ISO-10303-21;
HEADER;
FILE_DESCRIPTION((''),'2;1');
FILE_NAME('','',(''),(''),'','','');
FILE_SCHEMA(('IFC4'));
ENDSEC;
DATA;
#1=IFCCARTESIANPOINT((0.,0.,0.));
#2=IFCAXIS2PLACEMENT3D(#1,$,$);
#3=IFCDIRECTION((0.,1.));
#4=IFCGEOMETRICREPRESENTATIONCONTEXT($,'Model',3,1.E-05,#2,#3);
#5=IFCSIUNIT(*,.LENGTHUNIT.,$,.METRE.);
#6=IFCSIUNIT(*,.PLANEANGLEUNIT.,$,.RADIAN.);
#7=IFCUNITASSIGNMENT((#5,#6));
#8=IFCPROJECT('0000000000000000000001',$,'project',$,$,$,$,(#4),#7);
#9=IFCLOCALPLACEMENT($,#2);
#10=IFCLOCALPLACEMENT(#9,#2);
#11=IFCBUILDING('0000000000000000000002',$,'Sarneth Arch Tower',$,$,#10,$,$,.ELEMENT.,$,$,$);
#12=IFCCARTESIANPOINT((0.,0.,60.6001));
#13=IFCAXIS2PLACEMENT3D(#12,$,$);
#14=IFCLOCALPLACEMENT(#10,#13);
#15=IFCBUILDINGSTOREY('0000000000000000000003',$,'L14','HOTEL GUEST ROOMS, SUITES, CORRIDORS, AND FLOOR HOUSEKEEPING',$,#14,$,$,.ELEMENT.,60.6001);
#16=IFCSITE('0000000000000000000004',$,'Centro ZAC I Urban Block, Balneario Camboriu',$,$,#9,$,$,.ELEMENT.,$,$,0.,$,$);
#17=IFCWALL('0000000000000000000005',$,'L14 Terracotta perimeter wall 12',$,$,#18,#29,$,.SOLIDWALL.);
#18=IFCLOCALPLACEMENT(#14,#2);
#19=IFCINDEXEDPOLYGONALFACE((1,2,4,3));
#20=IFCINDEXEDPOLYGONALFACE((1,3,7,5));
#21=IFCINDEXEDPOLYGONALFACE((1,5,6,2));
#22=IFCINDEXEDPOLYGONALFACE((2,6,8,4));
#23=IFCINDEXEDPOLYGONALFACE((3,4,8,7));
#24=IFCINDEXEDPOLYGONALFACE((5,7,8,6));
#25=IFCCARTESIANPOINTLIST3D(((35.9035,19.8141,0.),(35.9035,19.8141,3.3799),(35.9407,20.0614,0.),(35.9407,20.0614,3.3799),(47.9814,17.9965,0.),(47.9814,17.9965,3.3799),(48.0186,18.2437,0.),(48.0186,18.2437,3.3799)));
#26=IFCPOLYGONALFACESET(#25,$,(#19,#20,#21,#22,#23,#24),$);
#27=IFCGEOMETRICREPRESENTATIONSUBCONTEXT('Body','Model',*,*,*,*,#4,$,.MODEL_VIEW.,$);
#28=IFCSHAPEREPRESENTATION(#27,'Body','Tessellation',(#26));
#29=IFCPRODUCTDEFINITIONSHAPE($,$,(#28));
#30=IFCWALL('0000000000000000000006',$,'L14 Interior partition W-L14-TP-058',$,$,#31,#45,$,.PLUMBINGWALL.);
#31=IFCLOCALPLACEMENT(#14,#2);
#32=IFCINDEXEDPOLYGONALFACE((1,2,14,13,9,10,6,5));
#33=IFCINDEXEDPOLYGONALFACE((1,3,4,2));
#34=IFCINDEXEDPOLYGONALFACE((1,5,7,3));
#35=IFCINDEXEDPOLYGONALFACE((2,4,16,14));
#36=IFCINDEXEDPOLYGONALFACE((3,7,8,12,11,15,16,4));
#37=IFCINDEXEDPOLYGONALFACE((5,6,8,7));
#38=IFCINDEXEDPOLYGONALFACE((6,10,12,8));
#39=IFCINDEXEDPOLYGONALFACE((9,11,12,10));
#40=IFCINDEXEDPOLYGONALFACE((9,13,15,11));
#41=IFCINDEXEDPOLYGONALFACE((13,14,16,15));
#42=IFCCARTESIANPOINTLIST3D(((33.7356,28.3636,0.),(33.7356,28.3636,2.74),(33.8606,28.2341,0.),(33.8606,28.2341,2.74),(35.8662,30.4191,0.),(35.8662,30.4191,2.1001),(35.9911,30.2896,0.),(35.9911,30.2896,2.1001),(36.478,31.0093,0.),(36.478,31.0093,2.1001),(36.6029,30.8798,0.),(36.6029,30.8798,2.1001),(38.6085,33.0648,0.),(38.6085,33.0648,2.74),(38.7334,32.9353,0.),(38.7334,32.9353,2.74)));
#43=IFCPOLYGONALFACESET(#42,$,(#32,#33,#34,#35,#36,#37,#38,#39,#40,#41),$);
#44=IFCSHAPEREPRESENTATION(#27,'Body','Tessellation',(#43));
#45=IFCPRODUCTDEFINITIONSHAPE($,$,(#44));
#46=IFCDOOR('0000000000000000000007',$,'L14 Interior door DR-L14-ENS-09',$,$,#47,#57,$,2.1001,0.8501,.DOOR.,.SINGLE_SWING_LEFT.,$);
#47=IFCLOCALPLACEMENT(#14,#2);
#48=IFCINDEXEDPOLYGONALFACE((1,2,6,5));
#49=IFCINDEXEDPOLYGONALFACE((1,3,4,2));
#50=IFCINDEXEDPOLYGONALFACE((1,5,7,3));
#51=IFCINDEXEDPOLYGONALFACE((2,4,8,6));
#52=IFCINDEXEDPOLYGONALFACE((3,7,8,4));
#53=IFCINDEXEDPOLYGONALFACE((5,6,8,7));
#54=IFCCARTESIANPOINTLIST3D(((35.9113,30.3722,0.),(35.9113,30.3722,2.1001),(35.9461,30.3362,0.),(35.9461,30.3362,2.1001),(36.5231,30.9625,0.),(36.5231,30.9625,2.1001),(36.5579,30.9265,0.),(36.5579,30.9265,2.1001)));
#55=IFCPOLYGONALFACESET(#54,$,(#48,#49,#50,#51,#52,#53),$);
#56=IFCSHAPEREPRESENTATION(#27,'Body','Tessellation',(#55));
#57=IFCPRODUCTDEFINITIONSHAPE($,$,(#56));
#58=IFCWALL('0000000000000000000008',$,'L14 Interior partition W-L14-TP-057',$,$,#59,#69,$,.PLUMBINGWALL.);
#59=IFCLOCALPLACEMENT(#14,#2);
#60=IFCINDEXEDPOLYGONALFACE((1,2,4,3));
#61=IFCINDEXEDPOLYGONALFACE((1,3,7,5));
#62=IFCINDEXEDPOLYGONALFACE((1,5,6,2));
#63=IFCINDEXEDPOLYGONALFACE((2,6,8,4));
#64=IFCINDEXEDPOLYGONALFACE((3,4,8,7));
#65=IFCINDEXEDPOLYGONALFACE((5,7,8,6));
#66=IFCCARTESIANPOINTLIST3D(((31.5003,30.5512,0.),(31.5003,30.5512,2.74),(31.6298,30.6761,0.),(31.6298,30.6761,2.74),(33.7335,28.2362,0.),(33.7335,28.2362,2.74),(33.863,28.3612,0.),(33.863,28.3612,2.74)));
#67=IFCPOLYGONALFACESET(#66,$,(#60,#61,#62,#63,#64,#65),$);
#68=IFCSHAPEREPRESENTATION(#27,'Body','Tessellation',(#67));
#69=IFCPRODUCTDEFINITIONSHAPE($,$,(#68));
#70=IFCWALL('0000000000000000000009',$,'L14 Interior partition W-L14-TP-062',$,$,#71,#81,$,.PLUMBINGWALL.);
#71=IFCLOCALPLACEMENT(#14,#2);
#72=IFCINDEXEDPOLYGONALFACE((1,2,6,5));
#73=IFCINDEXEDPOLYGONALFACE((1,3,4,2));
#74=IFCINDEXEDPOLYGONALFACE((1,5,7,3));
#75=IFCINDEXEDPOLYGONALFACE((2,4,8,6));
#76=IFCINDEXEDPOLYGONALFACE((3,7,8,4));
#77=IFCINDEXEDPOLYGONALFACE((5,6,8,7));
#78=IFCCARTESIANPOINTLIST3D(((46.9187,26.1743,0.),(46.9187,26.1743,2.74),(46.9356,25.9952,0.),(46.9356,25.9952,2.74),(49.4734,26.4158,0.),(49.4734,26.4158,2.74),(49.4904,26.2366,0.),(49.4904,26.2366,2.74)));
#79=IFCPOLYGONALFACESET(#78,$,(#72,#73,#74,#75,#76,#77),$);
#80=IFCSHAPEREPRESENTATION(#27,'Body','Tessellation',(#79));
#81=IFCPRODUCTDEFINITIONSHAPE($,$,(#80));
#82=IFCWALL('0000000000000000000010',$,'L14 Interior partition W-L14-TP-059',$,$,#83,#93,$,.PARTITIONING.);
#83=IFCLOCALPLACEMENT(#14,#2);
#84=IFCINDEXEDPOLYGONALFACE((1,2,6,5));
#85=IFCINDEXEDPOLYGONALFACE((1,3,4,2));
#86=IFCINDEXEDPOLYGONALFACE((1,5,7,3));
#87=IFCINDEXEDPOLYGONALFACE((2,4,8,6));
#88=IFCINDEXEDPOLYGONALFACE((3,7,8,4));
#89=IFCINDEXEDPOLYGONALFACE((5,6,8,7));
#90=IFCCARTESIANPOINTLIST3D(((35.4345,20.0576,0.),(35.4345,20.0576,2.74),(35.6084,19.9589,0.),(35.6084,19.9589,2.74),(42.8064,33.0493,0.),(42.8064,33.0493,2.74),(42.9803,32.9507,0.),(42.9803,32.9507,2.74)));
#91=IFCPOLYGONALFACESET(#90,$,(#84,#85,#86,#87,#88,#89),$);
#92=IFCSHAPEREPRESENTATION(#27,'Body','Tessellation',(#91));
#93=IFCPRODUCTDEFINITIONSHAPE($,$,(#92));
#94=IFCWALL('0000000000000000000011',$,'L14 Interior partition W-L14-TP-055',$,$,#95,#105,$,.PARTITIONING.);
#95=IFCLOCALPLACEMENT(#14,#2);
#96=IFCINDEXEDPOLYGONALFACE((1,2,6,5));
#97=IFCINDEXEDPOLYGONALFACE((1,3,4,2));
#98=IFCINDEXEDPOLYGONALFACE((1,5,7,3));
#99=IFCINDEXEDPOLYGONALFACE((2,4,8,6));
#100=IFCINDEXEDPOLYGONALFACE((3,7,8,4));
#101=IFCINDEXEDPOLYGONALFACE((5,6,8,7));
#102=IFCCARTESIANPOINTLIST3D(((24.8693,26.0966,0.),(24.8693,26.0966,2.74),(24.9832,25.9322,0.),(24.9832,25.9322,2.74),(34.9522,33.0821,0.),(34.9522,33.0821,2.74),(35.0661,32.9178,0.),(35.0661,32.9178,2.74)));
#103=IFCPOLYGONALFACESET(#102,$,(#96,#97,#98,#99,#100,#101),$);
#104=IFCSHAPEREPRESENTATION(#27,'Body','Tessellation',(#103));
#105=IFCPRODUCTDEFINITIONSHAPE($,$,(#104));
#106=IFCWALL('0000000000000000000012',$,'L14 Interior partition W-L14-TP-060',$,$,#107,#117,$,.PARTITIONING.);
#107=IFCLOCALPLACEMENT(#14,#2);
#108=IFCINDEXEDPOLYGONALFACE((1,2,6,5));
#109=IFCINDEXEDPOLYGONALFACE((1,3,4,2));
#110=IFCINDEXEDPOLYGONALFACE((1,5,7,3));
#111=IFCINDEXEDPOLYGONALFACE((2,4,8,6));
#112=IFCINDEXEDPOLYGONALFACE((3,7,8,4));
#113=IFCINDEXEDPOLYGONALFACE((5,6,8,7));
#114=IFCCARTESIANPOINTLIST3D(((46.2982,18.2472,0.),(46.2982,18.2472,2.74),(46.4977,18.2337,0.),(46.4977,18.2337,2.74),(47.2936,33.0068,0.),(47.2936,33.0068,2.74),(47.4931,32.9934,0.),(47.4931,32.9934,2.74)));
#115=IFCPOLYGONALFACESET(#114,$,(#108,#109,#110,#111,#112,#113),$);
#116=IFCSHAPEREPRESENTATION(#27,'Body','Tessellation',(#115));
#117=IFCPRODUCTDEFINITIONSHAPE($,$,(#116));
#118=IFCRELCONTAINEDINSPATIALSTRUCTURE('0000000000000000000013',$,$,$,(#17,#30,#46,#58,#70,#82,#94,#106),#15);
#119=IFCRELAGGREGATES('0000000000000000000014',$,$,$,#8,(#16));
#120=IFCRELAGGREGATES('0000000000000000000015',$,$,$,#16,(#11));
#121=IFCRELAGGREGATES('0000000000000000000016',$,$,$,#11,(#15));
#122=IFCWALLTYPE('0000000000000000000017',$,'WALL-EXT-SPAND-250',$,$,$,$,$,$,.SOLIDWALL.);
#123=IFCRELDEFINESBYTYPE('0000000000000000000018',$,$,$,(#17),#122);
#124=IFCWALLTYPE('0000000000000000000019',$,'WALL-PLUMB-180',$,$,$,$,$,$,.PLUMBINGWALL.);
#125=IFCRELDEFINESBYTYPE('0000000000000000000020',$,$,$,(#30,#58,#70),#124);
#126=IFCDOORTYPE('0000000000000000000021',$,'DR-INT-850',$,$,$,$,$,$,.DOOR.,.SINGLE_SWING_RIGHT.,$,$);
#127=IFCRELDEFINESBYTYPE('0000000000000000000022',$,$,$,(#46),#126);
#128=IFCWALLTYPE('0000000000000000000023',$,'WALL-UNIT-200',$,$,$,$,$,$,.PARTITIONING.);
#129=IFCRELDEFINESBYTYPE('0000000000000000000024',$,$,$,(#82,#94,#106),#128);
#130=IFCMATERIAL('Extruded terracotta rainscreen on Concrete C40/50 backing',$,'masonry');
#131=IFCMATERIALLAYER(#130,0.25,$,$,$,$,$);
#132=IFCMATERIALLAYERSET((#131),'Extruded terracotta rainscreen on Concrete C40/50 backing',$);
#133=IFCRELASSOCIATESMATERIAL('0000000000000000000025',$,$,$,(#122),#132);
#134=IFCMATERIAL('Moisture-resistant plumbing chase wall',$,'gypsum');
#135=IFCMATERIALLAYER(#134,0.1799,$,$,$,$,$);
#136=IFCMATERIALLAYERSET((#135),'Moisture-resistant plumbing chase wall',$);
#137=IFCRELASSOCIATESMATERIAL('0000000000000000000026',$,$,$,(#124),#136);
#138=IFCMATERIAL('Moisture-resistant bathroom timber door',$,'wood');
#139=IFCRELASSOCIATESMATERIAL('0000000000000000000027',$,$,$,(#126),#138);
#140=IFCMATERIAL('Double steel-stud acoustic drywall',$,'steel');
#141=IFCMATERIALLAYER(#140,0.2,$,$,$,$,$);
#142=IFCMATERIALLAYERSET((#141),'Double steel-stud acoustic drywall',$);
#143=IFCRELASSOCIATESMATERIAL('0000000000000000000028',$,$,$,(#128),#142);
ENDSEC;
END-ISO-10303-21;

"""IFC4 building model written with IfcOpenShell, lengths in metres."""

from ifc_helpers import new_model, si_unit, direction, frame, frame_2d, origin, place, context, subcontext, project, spatial, rectangle, extrude, material, layer, layer_set, type_object, element, fill, save


model = new_model("IFC4")

# Units and contexts
model_context = context("Model", 3, precision=1e-05, world=origin(), true_north=direction((0.0, 1.0)))
body_context = subcontext(model_context, "Body", "Model", "MODEL_VIEW")
ifc_project = project(units=[si_unit("LENGTHUNIT", "METRE"), si_unit("PLANEANGLEUNIT", "RADIAN")], contexts=[model_context])

# Site, building, storey
site_placement = place(None, origin())
site = spatial("IfcSite", under=ifc_project, at=site_placement, Name="Centro ZAC I Urban Block, Balneario Camboriu", CompositionType="ELEMENT", RefElevation=0.0)
building_placement = place(site_placement, origin())
building = spatial("IfcBuilding", under=site, at=building_placement, Name="Sarneth Arch Tower", CompositionType="ELEMENT")
storey_placement = place(building_placement, frame((0.0, 0.0, 60.6001)))
storey = spatial("IfcBuildingStorey", under=building, at=storey_placement, Name="L14", Description="HOTEL GUEST ROOMS, SUITES, CORRIDORS, AND FLOOR HOUSEKEEPING", CompositionType="ELEMENT", Elevation=60.6001)

# Wall
ifc_material_1 = material(Name="Extruded terracotta rainscreen on Concrete C40/50 backing", Category="masonry")
ifc_layer_1 = layer(ifc_material_1, 0.25)
ifc_layer_set_1 = layer_set([ifc_layer_1], Name="Extruded terracotta rainscreen on Concrete C40/50 backing")
wall_type_1 = type_object("IfcWallType", Name="WALL-EXT-SPAND-250", PredefinedType="SOLIDWALL", material=ifc_layer_set_1)
wall_1_placement = place(storey_placement, frame((35.9221, 19.9377, 0.0), z_axis=(0.0, 0.0, 1.0), x_axis=(0.988865, -0.148816, 0.0)))
element("IfcWall", 1, at=wall_1_placement, inside=storey, type_object=wall_type_1, Name="L14 Terracotta perimeter wall 12", PredefinedType="SOLIDWALL", context=body_context, shape_type="SweptSolid", body=[
    extrude(rectangle(XDim=12.2139, YDim=0.25, at=frame_2d((6.1069, 0.0))), origin(), (0.0, 0.0, 1.0), 3.3799),
])

# Wall, opening, door
ifc_material_2 = material(Name="Moisture-resistant plumbing chase wall", Category="gypsum")
ifc_layer_2 = layer(ifc_material_2, 0.1799)
ifc_layer_set_2 = layer_set([ifc_layer_2], Name="Moisture-resistant plumbing chase wall")
wall_type_2 = type_object("IfcWallType", Name="WALL-PLUMB-180", PredefinedType="PLUMBINGWALL", material=ifc_layer_set_2)
wall_2_placement = place(storey_placement, frame((33.7981, 28.2988, 0.0), z_axis=(0.0, 0.0, 1.0), x_axis=(0.719667, 0.694319, 0.0)))
wall_2 = element("IfcWall", 2, at=wall_2_placement, inside=storey, type_object=wall_type_2, Name="L14 Interior partition W-L14-TP-058", PredefinedType="PLUMBINGWALL", context=body_context, shape_type="SweptSolid", body=[
    extrude(rectangle(XDim=6.771, YDim=0.1799, at=frame_2d((3.3855, 0.0))), origin(), (0.0, 0.0, 1.0), 2.74),
])
opening_1_placement = place(wall_2_placement, frame((2.9604, 0.0, 0.0)))
opening_1 = element("IfcOpeningElement", 3, at=opening_1_placement, cuts=wall_2, PredefinedType="OPENING", context=body_context, shape_type="SweptSolid", body=[
    extrude(rectangle(XDim=0.8501, YDim=2.1001, at=frame_2d((0.425, 1.05))), frame((0.0, 0.0999, 0.0), z_axis=(0.0, -1.0, 0.0), x_axis=(1.0, 0.0, 0.0)), (0.0, 0.0, 1.0), 0.2),
])
ifc_material_3 = material(Name="Moisture-resistant bathroom timber door", Category="wood")
door_type_1 = type_object("IfcDoorType", Name="DR-INT-850", OperationType="SINGLE_SWING_RIGHT", PredefinedType="DOOR", material=ifc_material_3)
door_1_placement = place(opening_1_placement, origin())
door_1 = element("IfcDoor", 4, at=door_1_placement, inside=storey, type_object=door_type_1, Name="L14 Interior door DR-L14-ENS-09", OperationType="SINGLE_SWING_LEFT", OverallHeight=2.1001, OverallWidth=0.8501, PredefinedType="DOOR", context=body_context, shape_type="SweptSolid", body=[
    extrude(rectangle(XDim=0.8501, YDim=2.1001, at=frame_2d((0.425, 1.05))), frame((0.0, 0.0249, 0.0), z_axis=(0.0, -1.0, 0.0), x_axis=(1.0, 0.0, 0.0)), (0.0, 0.0, 1.0), 0.05),
])
fill(opening_1, door_1)

# Walls
wall_3_placement = place(storey_placement, frame((31.5649, 30.6138, 0.0), z_axis=(0.0, 0.0, 1.0), x_axis=(0.694279, -0.719706, 0.0)))
element("IfcWall", 5, at=wall_3_placement, inside=storey, type_object=wall_type_2, Name="L14 Interior partition W-L14-TP-057", PredefinedType="PLUMBINGWALL", context=body_context, shape_type="SweptSolid", body=[
    extrude(rectangle(XDim=3.2166, YDim=0.1799, at=frame_2d((1.6084, 0.0))), origin(), (0.0, 0.0, 1.0), 2.74),
])
wall_4_placement = place(storey_placement, frame((46.927, 26.0847, 0.0), z_axis=(0.0, 0.0, 1.0), x_axis=(0.995563, 0.094095, 0.0)))
element("IfcWall", 6, at=wall_4_placement, inside=storey, type_object=wall_type_2, Name="L14 Interior partition W-L14-TP-062", PredefinedType="PLUMBINGWALL", context=body_context, shape_type="SweptSolid", body=[
    extrude(rectangle(XDim=2.5662, YDim=0.1799, at=frame_2d((1.2832, 0.0))), origin(), (0.0, 0.0, 1.0), 2.74),
])
ifc_material_4 = material(Name="Double steel-stud acoustic drywall", Category="steel")
ifc_layer_3 = layer(ifc_material_4, 0.2)
ifc_layer_set_3 = layer_set([ifc_layer_3], Name="Double steel-stud acoustic drywall")
wall_type_3 = type_object("IfcWallType", Name="WALL-UNIT-200", PredefinedType="PARTITIONING", material=ifc_layer_set_3)
wall_5_placement = place(storey_placement, frame((42.8933, 33.0, 0.0), z_axis=(0.0, 0.0, 1.0), x_axis=(-0.493512, -0.869739, 0.0)))
element("IfcWall", 7, at=wall_5_placement, inside=storey, type_object=wall_type_3, Name="L14 Interior partition W-L14-TP-059", PredefinedType="PARTITIONING", context=body_context, shape_type="SweptSolid", body=[
    extrude(rectangle(XDim=14.9375, YDim=0.2, at=frame_2d((7.4688, 0.0))), origin(), (0.0, 0.0, 1.0), 2.74),
])
wall_6_placement = place(storey_placement, frame((35.0093, 33.0, 0.0), z_axis=(0.0, 0.0, 1.0), x_axis=(-0.821999, -0.569488, 0.0)))
element("IfcWall", 8, at=wall_6_placement, inside=storey, type_object=wall_type_3, Name="L14 Interior partition W-L14-TP-055", PredefinedType="PARTITIONING", context=body_context, shape_type="SweptSolid", body=[
    extrude(rectangle(XDim=12.2664, YDim=0.2, at=frame_2d((6.1333, 0.0))), origin(), (0.0, 0.0, 1.0), 2.74),
])
wall_7_placement = place(storey_placement, frame((47.3933, 33.0, 0.0), z_axis=(0.0, 0.0, 1.0), x_axis=(-0.067285, -0.997734, 0.0)))
element("IfcWall", 9, at=wall_7_placement, inside=storey, type_object=wall_type_3, Name="L14 Interior partition W-L14-TP-060", PredefinedType="PARTITIONING", context=body_context, shape_type="SweptSolid", body=[
    extrude(rectangle(XDim=14.7932, YDim=0.2, at=frame_2d((7.3965, 0.0))), origin(), (0.0, 0.0, 1.0), 2.74),
])

save(model, "model.ifc")
